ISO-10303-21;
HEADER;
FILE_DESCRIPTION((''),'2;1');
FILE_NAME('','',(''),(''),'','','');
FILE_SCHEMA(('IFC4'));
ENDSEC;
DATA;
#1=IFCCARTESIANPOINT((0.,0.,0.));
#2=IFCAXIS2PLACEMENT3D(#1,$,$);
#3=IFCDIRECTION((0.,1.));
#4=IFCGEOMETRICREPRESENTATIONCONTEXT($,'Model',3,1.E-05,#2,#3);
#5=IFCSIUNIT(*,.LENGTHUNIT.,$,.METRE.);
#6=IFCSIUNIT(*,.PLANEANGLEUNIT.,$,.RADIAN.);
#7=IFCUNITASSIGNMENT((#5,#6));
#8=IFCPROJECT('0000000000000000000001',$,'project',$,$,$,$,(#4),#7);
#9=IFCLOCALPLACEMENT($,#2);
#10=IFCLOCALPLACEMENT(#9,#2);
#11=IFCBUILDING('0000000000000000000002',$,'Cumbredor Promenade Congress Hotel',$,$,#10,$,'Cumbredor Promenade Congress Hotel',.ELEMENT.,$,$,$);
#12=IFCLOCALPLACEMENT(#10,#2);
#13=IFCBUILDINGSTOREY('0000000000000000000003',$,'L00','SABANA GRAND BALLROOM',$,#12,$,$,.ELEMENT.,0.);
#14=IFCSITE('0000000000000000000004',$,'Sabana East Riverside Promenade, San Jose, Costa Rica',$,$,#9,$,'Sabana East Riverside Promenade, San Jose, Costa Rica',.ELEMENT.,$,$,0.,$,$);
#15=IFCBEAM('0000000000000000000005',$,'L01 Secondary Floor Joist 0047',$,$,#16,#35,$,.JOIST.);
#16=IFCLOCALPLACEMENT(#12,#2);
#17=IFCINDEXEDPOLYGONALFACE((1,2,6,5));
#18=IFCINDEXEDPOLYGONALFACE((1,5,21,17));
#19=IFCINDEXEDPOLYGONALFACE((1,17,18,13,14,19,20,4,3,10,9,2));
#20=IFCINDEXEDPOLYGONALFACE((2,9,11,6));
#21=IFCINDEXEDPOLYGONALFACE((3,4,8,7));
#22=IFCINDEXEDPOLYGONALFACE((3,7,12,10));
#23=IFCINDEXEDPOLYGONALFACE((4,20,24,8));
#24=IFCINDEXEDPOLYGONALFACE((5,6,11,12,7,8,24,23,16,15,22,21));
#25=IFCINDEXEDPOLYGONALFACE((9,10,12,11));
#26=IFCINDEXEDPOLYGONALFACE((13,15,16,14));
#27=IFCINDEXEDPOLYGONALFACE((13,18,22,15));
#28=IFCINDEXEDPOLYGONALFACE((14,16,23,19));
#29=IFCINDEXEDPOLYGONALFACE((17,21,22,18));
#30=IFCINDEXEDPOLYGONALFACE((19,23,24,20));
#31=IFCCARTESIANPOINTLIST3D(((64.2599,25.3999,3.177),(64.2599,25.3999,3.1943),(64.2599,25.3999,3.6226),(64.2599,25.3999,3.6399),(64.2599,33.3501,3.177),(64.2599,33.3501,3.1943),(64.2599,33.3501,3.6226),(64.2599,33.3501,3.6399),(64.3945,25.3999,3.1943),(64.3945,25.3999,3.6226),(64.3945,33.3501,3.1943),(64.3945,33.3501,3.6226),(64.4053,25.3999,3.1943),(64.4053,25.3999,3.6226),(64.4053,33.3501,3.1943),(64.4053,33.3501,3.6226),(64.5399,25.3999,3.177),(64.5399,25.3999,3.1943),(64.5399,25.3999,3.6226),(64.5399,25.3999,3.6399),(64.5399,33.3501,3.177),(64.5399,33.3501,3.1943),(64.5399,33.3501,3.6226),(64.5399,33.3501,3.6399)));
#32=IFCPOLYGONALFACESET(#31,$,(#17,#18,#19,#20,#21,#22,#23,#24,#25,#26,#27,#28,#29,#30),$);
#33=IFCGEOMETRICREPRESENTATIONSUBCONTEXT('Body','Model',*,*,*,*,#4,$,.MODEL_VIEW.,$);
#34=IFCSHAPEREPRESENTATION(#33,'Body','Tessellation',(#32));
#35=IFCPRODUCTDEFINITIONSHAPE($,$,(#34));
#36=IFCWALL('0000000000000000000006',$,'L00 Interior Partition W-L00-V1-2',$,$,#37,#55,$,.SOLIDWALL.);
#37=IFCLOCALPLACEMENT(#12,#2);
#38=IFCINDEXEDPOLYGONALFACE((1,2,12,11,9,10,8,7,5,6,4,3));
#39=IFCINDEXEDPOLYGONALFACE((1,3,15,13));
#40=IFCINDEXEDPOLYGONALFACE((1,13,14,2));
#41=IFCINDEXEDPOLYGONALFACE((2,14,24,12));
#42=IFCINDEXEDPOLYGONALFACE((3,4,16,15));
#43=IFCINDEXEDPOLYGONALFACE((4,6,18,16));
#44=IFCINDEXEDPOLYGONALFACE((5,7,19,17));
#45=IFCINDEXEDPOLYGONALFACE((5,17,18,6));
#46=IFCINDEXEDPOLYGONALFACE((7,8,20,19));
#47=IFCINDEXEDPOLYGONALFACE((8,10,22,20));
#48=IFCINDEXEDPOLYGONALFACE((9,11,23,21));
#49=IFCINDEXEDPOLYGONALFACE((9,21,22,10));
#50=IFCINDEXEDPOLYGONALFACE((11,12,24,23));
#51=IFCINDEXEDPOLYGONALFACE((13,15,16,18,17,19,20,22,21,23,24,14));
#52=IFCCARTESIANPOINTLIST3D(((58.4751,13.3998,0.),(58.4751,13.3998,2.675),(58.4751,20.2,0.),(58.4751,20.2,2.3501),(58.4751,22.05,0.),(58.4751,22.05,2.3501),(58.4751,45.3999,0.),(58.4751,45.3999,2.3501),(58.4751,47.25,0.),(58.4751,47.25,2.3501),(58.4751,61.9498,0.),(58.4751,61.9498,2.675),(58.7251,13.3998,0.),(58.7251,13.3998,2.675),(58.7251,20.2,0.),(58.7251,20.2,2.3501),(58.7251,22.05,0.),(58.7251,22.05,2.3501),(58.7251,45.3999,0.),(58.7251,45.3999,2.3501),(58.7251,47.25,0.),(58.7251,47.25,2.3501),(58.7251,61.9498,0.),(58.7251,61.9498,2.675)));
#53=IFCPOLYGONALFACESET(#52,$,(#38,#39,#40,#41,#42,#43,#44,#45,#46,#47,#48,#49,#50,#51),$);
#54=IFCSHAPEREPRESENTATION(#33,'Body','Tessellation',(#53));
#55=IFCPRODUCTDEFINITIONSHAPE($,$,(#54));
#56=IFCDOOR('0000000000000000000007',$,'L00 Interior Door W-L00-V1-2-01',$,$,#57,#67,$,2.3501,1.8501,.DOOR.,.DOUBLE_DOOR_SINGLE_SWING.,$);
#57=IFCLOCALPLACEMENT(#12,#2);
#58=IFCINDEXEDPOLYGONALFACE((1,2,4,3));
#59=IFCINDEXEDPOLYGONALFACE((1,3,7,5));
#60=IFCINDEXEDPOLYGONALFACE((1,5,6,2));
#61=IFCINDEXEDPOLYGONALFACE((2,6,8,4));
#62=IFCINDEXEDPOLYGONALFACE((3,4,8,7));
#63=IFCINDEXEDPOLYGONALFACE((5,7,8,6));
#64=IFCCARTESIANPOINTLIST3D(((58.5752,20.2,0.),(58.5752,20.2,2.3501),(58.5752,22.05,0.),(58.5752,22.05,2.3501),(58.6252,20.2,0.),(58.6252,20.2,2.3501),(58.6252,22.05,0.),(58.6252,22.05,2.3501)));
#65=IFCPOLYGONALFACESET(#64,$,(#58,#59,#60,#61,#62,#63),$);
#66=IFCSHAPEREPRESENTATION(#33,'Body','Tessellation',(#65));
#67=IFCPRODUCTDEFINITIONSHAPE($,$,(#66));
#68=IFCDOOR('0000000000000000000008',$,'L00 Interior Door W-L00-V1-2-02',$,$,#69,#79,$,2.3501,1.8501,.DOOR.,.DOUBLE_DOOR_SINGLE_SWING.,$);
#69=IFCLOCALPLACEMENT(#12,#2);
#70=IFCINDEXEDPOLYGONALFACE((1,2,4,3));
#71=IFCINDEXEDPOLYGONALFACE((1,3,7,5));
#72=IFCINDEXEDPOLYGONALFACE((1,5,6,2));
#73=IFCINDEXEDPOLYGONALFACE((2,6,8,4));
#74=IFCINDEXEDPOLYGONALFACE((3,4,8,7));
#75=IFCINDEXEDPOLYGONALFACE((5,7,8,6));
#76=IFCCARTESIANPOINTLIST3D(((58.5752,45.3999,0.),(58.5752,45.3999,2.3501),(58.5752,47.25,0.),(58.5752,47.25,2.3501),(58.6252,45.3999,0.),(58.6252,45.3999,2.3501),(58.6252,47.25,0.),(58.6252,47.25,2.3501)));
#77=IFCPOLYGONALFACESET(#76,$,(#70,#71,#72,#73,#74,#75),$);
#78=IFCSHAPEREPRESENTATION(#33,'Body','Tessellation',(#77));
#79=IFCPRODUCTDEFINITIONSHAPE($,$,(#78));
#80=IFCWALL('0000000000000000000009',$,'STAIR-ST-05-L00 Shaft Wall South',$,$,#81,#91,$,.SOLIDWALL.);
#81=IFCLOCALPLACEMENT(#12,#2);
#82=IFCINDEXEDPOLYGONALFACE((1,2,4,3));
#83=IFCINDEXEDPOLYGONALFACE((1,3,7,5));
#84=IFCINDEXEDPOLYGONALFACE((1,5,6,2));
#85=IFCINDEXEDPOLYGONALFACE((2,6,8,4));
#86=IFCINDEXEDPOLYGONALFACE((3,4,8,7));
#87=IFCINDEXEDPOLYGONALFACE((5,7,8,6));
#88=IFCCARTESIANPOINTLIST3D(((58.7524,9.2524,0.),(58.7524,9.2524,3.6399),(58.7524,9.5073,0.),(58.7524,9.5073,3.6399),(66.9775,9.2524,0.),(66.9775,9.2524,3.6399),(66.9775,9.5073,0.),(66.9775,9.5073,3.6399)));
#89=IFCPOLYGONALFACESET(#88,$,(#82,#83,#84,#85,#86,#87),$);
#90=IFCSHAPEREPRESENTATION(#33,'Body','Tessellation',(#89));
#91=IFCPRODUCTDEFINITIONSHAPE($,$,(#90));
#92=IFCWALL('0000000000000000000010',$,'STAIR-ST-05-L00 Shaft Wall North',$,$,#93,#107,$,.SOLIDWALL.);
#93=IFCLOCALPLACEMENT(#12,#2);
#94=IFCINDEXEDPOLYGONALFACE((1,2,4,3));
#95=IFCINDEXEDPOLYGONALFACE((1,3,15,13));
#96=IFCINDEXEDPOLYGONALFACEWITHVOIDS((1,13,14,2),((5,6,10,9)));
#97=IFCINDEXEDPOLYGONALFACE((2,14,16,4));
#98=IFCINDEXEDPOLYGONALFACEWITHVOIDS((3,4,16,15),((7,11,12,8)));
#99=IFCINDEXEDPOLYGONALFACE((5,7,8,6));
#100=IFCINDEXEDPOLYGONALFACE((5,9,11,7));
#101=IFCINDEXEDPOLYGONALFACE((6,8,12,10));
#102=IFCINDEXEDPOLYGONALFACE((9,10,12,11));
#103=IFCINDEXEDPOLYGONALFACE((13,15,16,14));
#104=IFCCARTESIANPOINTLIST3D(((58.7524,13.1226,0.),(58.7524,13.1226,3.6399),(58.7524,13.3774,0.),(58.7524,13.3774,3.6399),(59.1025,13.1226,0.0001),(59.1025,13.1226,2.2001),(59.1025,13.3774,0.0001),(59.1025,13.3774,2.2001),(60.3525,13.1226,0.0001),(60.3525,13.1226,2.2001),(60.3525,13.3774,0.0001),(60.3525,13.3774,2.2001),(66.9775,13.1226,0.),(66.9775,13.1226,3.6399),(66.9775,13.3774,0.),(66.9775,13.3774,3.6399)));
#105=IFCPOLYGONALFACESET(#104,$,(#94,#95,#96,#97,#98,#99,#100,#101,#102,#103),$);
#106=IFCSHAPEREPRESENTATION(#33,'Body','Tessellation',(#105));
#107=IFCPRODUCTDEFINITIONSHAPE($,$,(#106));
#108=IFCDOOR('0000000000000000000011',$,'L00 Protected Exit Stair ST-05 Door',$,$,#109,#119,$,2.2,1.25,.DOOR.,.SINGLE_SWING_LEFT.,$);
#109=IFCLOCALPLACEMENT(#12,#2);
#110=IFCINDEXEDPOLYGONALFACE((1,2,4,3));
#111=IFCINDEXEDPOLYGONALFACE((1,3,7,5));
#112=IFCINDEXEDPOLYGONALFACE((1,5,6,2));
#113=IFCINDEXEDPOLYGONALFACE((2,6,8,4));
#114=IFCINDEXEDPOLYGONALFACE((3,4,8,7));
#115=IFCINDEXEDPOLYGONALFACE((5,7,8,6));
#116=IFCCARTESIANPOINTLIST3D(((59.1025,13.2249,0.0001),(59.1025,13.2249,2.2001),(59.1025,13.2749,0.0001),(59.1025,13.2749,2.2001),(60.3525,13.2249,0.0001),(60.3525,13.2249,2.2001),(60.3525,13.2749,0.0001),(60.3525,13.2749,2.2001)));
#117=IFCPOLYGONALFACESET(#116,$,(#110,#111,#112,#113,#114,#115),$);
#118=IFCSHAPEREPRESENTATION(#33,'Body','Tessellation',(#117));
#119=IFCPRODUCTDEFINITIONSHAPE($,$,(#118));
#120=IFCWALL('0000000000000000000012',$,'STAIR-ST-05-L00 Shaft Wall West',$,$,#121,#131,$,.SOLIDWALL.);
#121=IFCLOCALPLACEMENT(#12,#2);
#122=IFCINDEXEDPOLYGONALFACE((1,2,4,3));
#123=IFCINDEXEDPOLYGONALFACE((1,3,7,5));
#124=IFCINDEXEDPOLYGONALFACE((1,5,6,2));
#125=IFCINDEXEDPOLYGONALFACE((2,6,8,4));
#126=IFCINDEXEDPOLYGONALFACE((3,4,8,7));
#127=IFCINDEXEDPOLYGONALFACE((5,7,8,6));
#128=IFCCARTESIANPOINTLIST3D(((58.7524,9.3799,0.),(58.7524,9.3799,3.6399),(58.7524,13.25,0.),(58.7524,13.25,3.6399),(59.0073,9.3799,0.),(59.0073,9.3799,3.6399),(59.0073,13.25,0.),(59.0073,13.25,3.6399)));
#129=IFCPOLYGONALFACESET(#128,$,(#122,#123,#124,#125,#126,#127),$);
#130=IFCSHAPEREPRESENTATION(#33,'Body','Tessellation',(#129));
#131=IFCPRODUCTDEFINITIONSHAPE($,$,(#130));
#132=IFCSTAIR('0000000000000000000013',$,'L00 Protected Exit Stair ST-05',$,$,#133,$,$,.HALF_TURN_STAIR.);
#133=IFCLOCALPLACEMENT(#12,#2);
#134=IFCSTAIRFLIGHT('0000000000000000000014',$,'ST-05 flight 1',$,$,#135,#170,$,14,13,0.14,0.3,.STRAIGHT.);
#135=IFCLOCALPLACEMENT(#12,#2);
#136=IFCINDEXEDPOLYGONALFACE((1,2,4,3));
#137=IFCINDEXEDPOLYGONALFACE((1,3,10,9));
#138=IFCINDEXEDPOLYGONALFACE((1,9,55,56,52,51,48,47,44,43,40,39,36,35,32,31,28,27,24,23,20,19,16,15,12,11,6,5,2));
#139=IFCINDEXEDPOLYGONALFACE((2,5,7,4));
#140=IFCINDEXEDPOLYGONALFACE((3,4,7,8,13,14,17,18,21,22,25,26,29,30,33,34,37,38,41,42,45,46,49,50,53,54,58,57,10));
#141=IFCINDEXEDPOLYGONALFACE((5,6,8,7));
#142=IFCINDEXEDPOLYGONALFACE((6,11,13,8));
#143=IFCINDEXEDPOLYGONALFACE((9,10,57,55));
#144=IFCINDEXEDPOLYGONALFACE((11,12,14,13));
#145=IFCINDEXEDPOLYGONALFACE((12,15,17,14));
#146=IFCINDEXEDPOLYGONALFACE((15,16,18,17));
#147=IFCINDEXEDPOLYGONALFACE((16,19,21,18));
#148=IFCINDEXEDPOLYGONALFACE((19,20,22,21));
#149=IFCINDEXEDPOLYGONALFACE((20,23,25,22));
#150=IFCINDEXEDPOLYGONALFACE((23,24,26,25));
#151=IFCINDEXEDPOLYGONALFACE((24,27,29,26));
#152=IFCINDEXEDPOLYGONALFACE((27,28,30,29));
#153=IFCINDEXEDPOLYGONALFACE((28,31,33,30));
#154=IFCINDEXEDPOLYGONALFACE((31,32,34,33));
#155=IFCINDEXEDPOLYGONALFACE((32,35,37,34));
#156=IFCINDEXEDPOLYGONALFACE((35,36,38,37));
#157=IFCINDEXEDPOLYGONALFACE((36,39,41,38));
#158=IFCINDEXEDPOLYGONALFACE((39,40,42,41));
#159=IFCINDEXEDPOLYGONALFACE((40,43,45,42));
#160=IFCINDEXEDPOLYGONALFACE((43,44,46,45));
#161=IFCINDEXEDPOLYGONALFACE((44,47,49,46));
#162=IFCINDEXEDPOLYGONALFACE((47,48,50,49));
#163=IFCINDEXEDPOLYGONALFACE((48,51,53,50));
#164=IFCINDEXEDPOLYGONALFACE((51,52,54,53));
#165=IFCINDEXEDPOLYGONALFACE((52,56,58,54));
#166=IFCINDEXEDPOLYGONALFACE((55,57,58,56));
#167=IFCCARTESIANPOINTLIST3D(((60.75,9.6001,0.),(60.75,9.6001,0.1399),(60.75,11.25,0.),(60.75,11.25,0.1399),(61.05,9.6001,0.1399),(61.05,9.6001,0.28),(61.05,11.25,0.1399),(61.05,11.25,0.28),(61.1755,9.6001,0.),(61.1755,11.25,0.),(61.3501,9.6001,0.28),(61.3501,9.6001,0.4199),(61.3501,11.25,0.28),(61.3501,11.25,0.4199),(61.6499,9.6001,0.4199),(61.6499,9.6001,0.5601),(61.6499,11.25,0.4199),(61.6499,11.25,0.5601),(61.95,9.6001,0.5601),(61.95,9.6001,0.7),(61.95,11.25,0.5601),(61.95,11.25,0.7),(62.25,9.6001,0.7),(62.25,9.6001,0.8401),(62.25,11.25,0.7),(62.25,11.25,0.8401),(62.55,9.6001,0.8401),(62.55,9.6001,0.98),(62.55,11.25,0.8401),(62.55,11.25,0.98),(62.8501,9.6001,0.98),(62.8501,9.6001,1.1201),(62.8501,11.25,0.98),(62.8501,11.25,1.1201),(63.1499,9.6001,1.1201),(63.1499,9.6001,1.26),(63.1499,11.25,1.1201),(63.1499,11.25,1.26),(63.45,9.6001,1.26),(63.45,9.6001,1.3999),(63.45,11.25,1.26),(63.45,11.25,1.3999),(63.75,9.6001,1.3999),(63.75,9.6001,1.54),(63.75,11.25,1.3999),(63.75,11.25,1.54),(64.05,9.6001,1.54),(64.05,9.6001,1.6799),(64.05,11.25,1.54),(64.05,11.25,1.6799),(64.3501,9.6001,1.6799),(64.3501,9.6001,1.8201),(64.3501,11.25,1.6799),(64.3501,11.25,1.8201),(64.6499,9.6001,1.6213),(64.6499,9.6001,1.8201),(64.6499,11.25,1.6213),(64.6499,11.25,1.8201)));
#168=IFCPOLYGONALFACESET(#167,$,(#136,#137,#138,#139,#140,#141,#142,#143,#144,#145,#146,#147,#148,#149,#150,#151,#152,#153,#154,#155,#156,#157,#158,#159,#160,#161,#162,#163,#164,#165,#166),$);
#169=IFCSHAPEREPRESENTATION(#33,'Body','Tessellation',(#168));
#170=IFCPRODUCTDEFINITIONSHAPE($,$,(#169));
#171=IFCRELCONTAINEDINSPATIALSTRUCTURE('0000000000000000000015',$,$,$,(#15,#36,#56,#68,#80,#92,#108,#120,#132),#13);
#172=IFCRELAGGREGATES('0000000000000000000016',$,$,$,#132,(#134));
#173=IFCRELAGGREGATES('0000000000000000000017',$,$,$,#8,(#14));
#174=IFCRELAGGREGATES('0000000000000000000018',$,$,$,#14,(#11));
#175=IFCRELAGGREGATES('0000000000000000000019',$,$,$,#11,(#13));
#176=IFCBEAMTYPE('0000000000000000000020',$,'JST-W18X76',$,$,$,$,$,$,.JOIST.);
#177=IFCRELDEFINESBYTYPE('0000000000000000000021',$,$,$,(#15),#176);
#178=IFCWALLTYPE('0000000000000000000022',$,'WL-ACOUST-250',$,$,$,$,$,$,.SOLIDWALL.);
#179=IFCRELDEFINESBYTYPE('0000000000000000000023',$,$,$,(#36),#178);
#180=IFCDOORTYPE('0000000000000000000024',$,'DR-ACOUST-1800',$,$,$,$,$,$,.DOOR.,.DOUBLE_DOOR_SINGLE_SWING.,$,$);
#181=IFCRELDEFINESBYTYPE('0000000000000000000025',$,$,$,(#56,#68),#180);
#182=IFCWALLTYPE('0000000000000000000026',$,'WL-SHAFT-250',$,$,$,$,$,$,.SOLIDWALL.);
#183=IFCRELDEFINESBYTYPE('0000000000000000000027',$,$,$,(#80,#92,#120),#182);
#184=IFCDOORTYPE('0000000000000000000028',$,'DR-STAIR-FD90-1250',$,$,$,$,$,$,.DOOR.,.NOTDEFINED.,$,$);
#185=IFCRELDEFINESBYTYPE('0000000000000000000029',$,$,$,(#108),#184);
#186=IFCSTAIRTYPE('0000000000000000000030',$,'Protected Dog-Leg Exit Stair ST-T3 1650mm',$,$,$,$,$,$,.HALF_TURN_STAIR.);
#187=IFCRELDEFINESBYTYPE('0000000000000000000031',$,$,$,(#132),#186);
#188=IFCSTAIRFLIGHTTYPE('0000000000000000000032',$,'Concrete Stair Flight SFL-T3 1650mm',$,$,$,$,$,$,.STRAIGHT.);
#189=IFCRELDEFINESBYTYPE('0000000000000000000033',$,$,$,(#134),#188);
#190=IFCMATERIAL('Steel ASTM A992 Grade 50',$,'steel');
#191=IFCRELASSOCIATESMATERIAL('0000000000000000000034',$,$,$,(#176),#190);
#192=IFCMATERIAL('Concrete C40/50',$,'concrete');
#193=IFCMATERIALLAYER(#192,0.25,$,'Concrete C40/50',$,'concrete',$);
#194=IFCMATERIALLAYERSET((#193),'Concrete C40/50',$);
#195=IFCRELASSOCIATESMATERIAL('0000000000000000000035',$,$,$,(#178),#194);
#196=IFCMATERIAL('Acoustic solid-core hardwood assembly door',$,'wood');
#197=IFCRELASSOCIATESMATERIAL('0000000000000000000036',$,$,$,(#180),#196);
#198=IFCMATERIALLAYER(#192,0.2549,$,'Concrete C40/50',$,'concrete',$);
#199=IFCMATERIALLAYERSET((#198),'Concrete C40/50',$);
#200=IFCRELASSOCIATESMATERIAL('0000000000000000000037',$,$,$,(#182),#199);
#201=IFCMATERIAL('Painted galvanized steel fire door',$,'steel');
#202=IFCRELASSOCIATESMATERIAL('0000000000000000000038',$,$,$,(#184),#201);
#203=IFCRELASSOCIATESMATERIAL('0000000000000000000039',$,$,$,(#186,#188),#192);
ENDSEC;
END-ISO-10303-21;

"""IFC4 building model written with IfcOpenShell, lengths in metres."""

from ifc_helpers import new_model, si_unit, direction, frame, frame_2d, origin, origin_2d, place, context, subcontext, project, spatial, polyline, rectangle, i_section, outline, extrude, material, layer, layer_set, material_profile, profile_set, type_object, element, fill, aggregate, save


model = new_model("IFC4")

# Units and contexts
model_context = context("Model", 3, precision=1e-05, world=origin(), true_north=direction((0.0, 1.0)))
body_context = subcontext(model_context, "Body", "Model", "MODEL_VIEW")
ifc_project = project(units=[si_unit("LENGTHUNIT", "METRE"), si_unit("PLANEANGLEUNIT", "RADIAN")], contexts=[model_context])

# Site, building, storey
site_placement = place(None, origin())
site = spatial("IfcSite", under=ifc_project, at=site_placement, Name="Sabana East Riverside Promenade, San Jose, Costa Rica", LongName="Sabana East Riverside Promenade, San Jose, Costa Rica", CompositionType="ELEMENT", RefElevation=0.0)
building_placement = place(site_placement, origin())
building = spatial("IfcBuilding", under=site, at=building_placement, Name="Cumbredor Promenade Congress Hotel", LongName="Cumbredor Promenade Congress Hotel", CompositionType="ELEMENT")
storey_placement = place(building_placement, origin())
storey = spatial("IfcBuildingStorey", under=building, at=storey_placement, Name="L00", Description="SABANA GRAND BALLROOM", CompositionType="ELEMENT", Elevation=0.0)

# Shared definitions
ifc_material_1 = material(Name="Concrete C40/50", Category="concrete")

# Beam
ifc_material_2 = material(Name="Steel ASTM A992 Grade 50", Category="steel")
ifc_material_profile_1 = material_profile(ifc_material_2, i_section(OverallWidth=0.28, OverallDepth=0.4629, WebThickness=0.0107, FlangeThickness=0.0173, at=origin_2d()), Name="W18X76")
ifc_profile_set_1 = profile_set([ifc_material_profile_1], Name="Steel ASTM A992 Grade 50")
beam_type_1 = type_object("IfcBeamType", Name="JST-W18X76", PredefinedType="JOIST", material=ifc_profile_set_1)
for number, where, z_axis, x_axis, name in (
    (1, (64.3999, 25.3999, 3.4084), (0.0, 1.0, 0.0), (-1.0, 0.0, 0.0), "L01 Secondary Floor Joist 0047"),
):
    element("IfcBeam", number, at=place(storey_placement, frame(where, z_axis=z_axis, x_axis=x_axis)), inside=storey, type_object=beam_type_1, Name=name, PredefinedType="JOIST", context=body_context, shape_type="SweptSolid", body=[
        extrude(i_section(OverallWidth=0.28, OverallDepth=0.4629, WebThickness=0.0107, FlangeThickness=0.0173, at=origin_2d()), origin(), (0.0, 0.0, 1.0), 7.9502),
    ])

# Wall, openings, doors
ifc_layer_1 = layer(ifc_material_1, 0.25, Name="Concrete C40/50", Category="concrete")
ifc_layer_set_1 = layer_set([ifc_layer_1], Name="Concrete C40/50")
wall_type_1 = type_object("IfcWallType", Name="WL-ACOUST-250", PredefinedType="SOLIDWALL", material=ifc_layer_set_1)
wall_1_placement = place(storey_placement, frame((58.6001, 13.3999, 0.0), z_axis=(0.0, 0.0, 1.0), x_axis=(0.0, 1.0, 0.0)))
wall_1 = element("IfcWall", 2, at=wall_1_placement, inside=storey, type_object=wall_type_1, Name="L00 Interior Partition W-L00-V1-2", PredefinedType="SOLIDWALL", context=body_context, shape_type="SweptSolid", body=[
    extrude(rectangle(XDim=48.55, YDim=0.25, at=frame_2d((24.2749, 0.0))), origin(), (0.0, 0.0, 1.0), 2.675),
])
opening_1_placement = place(wall_1_placement, frame((6.8, 0.0, 0.0)))
opening_1 = element("IfcOpeningElement", 3, at=opening_1_placement, cuts=wall_1, PredefinedType="OPENING", context=body_context, shape_type="SweptSolid", body=[
    extrude(rectangle(XDim=1.8501, YDim=2.3501, at=frame_2d((0.925, 1.175))), frame((0.0, 0.135, 0.0), z_axis=(0.0, -1.0, 0.0), x_axis=(1.0, 0.0, 0.0)), (0.0, 0.0, 1.0), 0.27),
])
opening_2_placement = place(wall_1_placement, frame((32.0, 0.0, 0.0)))
opening_2 = element("IfcOpeningElement", 4, at=opening_2_placement, cuts=wall_1, PredefinedType="OPENING", context=body_context, shape_type="SweptSolid", body=[
    extrude(rectangle(XDim=1.8501, YDim=2.3501, at=frame_2d((0.925, 1.175))), frame((0.0, 0.135, 0.0), z_axis=(0.0, -1.0, 0.0), x_axis=(1.0, 0.0, 0.0)), (0.0, 0.0, 1.0), 0.27),
])
ifc_material_3 = material(Name="Acoustic solid-core hardwood assembly door", Category="wood")
door_type_1 = type_object("IfcDoorType", Name="DR-ACOUST-1800", OperationType="DOUBLE_DOOR_SINGLE_SWING", PredefinedType="DOOR", material=ifc_material_3)
door_1_placement = place(opening_1_placement, origin())
door_1 = element("IfcDoor", 5, at=door_1_placement, inside=storey, type_object=door_type_1, Name="L00 Interior Door W-L00-V1-2-01", OperationType="DOUBLE_DOOR_SINGLE_SWING", OverallHeight=2.3501, OverallWidth=1.8501, PredefinedType="DOOR", context=body_context, shape_type="SweptSolid", body=[
    extrude(rectangle(XDim=1.8501, YDim=2.3501, at=frame_2d((0.925, 1.175))), frame((0.0, 0.0249, 0.0), z_axis=(0.0, -1.0, 0.0), x_axis=(1.0, 0.0, 0.0)), (0.0, 0.0, 1.0), 0.05),
])
fill(opening_1, door_1)
door_2_placement = place(opening_2_placement, origin())
door_2 = element("IfcDoor", 6, at=door_2_placement, inside=storey, type_object=door_type_1, Name="L00 Interior Door W-L00-V1-2-02", OperationType="DOUBLE_DOOR_SINGLE_SWING", OverallHeight=2.3501, OverallWidth=1.8501, PredefinedType="DOOR", context=body_context, shape_type="SweptSolid", body=[
    extrude(rectangle(XDim=1.8501, YDim=2.3501, at=frame_2d((0.925, 1.175))), frame((0.0, 0.0249, 0.0), z_axis=(0.0, -1.0, 0.0), x_axis=(1.0, 0.0, 0.0)), (0.0, 0.0, 1.0), 0.05),
])
fill(opening_2, door_2)

# Wall
ifc_layer_2 = layer(ifc_material_1, 0.2549, Name="Concrete C40/50", Category="concrete")
ifc_layer_set_2 = layer_set([ifc_layer_2], Name="Concrete C40/50")
wall_type_2 = type_object("IfcWallType", Name="WL-SHAFT-250", PredefinedType="SOLIDWALL", material=ifc_layer_set_2)
wall_2_placement = place(storey_placement, frame((58.7524, 9.3799, 0.0), z_axis=(0.0, 0.0, 1.0), x_axis=(1.0, 0.0, 0.0)))
element("IfcWall", 7, at=wall_2_placement, inside=storey, type_object=wall_type_2, Name="STAIR-ST-05-L00 Shaft Wall South", PredefinedType="SOLIDWALL", context=body_context, shape_type="SweptSolid", body=[
    extrude(rectangle(XDim=8.2251, YDim=0.2549, at=frame_2d((4.1125, 0.0))), origin(), (0.0, 0.0, 1.0), 3.6399),
])

# Wall, opening, door
wall_3_placement = place(storey_placement, frame((58.7524, 13.25, 0.0), z_axis=(0.0, 0.0, 1.0), x_axis=(1.0, 0.0, 0.0)))
wall_3 = element("IfcWall", 8, at=wall_3_placement, inside=storey, type_object=wall_type_2, Name="STAIR-ST-05-L00 Shaft Wall North", PredefinedType="SOLIDWALL", context=body_context, shape_type="SweptSolid", body=[
    extrude(rectangle(XDim=8.2251, YDim=0.2549, at=frame_2d((4.1125, 0.0))), origin(), (0.0, 0.0, 1.0), 3.6399),
])
opening_3_placement = place(wall_3_placement, frame((0.3501, 0.0, 0.0)))
opening_3 = element("IfcOpeningElement", 9, at=opening_3_placement, cuts=wall_3, PredefinedType="OPENING", context=body_context, shape_type="SweptSolid", body=[
    extrude(rectangle(XDim=1.25, YDim=2.2, at=frame_2d((0.625, 1.1001))), frame((0.0, 0.1375, 0.0), z_axis=(0.0, -1.0, 0.0), x_axis=(1.0, 0.0, 0.0)), (0.0, 0.0, 1.0), 0.2749),
])
ifc_material_4 = material(Name="Painted galvanized steel fire door", Category="steel")
door_type_2 = type_object("IfcDoorType", Name="DR-STAIR-FD90-1250", OperationType="NOTDEFINED", PredefinedType="DOOR", material=ifc_material_4)
door_3_placement = place(opening_3_placement, origin())
door_3 = element("IfcDoor", 10, at=door_3_placement, inside=storey, type_object=door_type_2, Name="L00 Protected Exit Stair ST-05 Door", OperationType="SINGLE_SWING_LEFT", OverallHeight=2.2, OverallWidth=1.25, PredefinedType="DOOR", context=body_context, shape_type="SweptSolid", body=[
    extrude(rectangle(XDim=1.25, YDim=2.2, at=frame_2d((0.625, 1.1001))), frame((0.0, 0.0249, 0.0), z_axis=(0.0, -1.0, 0.0), x_axis=(1.0, 0.0, 0.0)), (0.0, 0.0, 1.0), 0.05),
])
fill(opening_3, door_3)

# Wall
wall_4_placement = place(storey_placement, frame((58.8799, 9.3799, 0.0), z_axis=(0.0, 0.0, 1.0), x_axis=(0.0, 1.0, 0.0)))
element("IfcWall", 11, at=wall_4_placement, inside=storey, type_object=wall_type_2, Name="STAIR-ST-05-L00 Shaft Wall West", PredefinedType="SOLIDWALL", context=body_context, shape_type="SweptSolid", body=[
    extrude(rectangle(XDim=3.8701, YDim=0.2549, at=frame_2d((1.9351, 0.0))), origin(), (0.0, 0.0, 1.0), 3.6399),
])

# Stair, stair flight
stair_type = type_object("IfcStairType", Name="Protected Dog-Leg Exit Stair ST-T3 1650mm", PredefinedType="HALF_TURN_STAIR", material=ifc_material_1)
stair_placement = place(storey_placement, origin())
stair = element("IfcStair", 12, at=stair_placement, inside=storey, type_object=stair_type, Name="L00 Protected Exit Stair ST-05", PredefinedType="HALF_TURN_STAIR")
stair_flight_type = type_object("IfcStairFlightType", Name="Concrete Stair Flight SFL-T3 1650mm", PredefinedType="STRAIGHT", material=ifc_material_1)
stair_flight_1_placement = place(storey_placement, frame((60.75, 10.425, 0.0), z_axis=(0.0, 0.0, 1.0), x_axis=(1.0, 0.0, 0.0)))
stair_flight_1 = element("IfcStairFlight", 13, at=stair_flight_1_placement, type_object=stair_flight_type, Name="ST-05 flight 1", NumberOfRisers=14, NumberOfTreads=13, PredefinedType="STRAIGHT", RiserHeight=0.14, TreadLength=0.3, context=body_context, shape_type="SweptSolid", body=[
    extrude(outline(polyline([(0.0, 0.0), (0.0, 0.1399), (0.3, 0.1399), (0.3, 0.28), (0.6001, 0.28), (0.6001, 0.4199), (0.8999, 0.4199), (0.8999, 0.5601), (1.2, 0.5601), (1.2, 0.7), (1.5, 0.7), (1.5, 0.8401), (1.8, 0.8401), (1.8, 0.98), (2.1001, 0.98), (2.1001, 1.1201), (2.3999, 1.1201), (2.3999, 1.26), (2.7, 1.26), (2.7, 1.3999), (3.0, 1.3999), (3.0, 1.54), (3.3, 1.54), (3.3, 1.6799), (3.6001, 1.6799), (3.6001, 1.8201), (3.8999, 1.8201), (3.8999, 1.96), (3.8999, 1.6213), (0.4255, 0.0), (0.0, 0.0)])), frame((0.0, 0.825, 0.0), z_axis=(0.0, -1.0, 0.0), x_axis=(1.0, 0.0, 0.0)), (0.0, 0.0, 1.0), 1.6499),
])
aggregate(stair, [stair_flight_1])

save(model, "model.ifc")
